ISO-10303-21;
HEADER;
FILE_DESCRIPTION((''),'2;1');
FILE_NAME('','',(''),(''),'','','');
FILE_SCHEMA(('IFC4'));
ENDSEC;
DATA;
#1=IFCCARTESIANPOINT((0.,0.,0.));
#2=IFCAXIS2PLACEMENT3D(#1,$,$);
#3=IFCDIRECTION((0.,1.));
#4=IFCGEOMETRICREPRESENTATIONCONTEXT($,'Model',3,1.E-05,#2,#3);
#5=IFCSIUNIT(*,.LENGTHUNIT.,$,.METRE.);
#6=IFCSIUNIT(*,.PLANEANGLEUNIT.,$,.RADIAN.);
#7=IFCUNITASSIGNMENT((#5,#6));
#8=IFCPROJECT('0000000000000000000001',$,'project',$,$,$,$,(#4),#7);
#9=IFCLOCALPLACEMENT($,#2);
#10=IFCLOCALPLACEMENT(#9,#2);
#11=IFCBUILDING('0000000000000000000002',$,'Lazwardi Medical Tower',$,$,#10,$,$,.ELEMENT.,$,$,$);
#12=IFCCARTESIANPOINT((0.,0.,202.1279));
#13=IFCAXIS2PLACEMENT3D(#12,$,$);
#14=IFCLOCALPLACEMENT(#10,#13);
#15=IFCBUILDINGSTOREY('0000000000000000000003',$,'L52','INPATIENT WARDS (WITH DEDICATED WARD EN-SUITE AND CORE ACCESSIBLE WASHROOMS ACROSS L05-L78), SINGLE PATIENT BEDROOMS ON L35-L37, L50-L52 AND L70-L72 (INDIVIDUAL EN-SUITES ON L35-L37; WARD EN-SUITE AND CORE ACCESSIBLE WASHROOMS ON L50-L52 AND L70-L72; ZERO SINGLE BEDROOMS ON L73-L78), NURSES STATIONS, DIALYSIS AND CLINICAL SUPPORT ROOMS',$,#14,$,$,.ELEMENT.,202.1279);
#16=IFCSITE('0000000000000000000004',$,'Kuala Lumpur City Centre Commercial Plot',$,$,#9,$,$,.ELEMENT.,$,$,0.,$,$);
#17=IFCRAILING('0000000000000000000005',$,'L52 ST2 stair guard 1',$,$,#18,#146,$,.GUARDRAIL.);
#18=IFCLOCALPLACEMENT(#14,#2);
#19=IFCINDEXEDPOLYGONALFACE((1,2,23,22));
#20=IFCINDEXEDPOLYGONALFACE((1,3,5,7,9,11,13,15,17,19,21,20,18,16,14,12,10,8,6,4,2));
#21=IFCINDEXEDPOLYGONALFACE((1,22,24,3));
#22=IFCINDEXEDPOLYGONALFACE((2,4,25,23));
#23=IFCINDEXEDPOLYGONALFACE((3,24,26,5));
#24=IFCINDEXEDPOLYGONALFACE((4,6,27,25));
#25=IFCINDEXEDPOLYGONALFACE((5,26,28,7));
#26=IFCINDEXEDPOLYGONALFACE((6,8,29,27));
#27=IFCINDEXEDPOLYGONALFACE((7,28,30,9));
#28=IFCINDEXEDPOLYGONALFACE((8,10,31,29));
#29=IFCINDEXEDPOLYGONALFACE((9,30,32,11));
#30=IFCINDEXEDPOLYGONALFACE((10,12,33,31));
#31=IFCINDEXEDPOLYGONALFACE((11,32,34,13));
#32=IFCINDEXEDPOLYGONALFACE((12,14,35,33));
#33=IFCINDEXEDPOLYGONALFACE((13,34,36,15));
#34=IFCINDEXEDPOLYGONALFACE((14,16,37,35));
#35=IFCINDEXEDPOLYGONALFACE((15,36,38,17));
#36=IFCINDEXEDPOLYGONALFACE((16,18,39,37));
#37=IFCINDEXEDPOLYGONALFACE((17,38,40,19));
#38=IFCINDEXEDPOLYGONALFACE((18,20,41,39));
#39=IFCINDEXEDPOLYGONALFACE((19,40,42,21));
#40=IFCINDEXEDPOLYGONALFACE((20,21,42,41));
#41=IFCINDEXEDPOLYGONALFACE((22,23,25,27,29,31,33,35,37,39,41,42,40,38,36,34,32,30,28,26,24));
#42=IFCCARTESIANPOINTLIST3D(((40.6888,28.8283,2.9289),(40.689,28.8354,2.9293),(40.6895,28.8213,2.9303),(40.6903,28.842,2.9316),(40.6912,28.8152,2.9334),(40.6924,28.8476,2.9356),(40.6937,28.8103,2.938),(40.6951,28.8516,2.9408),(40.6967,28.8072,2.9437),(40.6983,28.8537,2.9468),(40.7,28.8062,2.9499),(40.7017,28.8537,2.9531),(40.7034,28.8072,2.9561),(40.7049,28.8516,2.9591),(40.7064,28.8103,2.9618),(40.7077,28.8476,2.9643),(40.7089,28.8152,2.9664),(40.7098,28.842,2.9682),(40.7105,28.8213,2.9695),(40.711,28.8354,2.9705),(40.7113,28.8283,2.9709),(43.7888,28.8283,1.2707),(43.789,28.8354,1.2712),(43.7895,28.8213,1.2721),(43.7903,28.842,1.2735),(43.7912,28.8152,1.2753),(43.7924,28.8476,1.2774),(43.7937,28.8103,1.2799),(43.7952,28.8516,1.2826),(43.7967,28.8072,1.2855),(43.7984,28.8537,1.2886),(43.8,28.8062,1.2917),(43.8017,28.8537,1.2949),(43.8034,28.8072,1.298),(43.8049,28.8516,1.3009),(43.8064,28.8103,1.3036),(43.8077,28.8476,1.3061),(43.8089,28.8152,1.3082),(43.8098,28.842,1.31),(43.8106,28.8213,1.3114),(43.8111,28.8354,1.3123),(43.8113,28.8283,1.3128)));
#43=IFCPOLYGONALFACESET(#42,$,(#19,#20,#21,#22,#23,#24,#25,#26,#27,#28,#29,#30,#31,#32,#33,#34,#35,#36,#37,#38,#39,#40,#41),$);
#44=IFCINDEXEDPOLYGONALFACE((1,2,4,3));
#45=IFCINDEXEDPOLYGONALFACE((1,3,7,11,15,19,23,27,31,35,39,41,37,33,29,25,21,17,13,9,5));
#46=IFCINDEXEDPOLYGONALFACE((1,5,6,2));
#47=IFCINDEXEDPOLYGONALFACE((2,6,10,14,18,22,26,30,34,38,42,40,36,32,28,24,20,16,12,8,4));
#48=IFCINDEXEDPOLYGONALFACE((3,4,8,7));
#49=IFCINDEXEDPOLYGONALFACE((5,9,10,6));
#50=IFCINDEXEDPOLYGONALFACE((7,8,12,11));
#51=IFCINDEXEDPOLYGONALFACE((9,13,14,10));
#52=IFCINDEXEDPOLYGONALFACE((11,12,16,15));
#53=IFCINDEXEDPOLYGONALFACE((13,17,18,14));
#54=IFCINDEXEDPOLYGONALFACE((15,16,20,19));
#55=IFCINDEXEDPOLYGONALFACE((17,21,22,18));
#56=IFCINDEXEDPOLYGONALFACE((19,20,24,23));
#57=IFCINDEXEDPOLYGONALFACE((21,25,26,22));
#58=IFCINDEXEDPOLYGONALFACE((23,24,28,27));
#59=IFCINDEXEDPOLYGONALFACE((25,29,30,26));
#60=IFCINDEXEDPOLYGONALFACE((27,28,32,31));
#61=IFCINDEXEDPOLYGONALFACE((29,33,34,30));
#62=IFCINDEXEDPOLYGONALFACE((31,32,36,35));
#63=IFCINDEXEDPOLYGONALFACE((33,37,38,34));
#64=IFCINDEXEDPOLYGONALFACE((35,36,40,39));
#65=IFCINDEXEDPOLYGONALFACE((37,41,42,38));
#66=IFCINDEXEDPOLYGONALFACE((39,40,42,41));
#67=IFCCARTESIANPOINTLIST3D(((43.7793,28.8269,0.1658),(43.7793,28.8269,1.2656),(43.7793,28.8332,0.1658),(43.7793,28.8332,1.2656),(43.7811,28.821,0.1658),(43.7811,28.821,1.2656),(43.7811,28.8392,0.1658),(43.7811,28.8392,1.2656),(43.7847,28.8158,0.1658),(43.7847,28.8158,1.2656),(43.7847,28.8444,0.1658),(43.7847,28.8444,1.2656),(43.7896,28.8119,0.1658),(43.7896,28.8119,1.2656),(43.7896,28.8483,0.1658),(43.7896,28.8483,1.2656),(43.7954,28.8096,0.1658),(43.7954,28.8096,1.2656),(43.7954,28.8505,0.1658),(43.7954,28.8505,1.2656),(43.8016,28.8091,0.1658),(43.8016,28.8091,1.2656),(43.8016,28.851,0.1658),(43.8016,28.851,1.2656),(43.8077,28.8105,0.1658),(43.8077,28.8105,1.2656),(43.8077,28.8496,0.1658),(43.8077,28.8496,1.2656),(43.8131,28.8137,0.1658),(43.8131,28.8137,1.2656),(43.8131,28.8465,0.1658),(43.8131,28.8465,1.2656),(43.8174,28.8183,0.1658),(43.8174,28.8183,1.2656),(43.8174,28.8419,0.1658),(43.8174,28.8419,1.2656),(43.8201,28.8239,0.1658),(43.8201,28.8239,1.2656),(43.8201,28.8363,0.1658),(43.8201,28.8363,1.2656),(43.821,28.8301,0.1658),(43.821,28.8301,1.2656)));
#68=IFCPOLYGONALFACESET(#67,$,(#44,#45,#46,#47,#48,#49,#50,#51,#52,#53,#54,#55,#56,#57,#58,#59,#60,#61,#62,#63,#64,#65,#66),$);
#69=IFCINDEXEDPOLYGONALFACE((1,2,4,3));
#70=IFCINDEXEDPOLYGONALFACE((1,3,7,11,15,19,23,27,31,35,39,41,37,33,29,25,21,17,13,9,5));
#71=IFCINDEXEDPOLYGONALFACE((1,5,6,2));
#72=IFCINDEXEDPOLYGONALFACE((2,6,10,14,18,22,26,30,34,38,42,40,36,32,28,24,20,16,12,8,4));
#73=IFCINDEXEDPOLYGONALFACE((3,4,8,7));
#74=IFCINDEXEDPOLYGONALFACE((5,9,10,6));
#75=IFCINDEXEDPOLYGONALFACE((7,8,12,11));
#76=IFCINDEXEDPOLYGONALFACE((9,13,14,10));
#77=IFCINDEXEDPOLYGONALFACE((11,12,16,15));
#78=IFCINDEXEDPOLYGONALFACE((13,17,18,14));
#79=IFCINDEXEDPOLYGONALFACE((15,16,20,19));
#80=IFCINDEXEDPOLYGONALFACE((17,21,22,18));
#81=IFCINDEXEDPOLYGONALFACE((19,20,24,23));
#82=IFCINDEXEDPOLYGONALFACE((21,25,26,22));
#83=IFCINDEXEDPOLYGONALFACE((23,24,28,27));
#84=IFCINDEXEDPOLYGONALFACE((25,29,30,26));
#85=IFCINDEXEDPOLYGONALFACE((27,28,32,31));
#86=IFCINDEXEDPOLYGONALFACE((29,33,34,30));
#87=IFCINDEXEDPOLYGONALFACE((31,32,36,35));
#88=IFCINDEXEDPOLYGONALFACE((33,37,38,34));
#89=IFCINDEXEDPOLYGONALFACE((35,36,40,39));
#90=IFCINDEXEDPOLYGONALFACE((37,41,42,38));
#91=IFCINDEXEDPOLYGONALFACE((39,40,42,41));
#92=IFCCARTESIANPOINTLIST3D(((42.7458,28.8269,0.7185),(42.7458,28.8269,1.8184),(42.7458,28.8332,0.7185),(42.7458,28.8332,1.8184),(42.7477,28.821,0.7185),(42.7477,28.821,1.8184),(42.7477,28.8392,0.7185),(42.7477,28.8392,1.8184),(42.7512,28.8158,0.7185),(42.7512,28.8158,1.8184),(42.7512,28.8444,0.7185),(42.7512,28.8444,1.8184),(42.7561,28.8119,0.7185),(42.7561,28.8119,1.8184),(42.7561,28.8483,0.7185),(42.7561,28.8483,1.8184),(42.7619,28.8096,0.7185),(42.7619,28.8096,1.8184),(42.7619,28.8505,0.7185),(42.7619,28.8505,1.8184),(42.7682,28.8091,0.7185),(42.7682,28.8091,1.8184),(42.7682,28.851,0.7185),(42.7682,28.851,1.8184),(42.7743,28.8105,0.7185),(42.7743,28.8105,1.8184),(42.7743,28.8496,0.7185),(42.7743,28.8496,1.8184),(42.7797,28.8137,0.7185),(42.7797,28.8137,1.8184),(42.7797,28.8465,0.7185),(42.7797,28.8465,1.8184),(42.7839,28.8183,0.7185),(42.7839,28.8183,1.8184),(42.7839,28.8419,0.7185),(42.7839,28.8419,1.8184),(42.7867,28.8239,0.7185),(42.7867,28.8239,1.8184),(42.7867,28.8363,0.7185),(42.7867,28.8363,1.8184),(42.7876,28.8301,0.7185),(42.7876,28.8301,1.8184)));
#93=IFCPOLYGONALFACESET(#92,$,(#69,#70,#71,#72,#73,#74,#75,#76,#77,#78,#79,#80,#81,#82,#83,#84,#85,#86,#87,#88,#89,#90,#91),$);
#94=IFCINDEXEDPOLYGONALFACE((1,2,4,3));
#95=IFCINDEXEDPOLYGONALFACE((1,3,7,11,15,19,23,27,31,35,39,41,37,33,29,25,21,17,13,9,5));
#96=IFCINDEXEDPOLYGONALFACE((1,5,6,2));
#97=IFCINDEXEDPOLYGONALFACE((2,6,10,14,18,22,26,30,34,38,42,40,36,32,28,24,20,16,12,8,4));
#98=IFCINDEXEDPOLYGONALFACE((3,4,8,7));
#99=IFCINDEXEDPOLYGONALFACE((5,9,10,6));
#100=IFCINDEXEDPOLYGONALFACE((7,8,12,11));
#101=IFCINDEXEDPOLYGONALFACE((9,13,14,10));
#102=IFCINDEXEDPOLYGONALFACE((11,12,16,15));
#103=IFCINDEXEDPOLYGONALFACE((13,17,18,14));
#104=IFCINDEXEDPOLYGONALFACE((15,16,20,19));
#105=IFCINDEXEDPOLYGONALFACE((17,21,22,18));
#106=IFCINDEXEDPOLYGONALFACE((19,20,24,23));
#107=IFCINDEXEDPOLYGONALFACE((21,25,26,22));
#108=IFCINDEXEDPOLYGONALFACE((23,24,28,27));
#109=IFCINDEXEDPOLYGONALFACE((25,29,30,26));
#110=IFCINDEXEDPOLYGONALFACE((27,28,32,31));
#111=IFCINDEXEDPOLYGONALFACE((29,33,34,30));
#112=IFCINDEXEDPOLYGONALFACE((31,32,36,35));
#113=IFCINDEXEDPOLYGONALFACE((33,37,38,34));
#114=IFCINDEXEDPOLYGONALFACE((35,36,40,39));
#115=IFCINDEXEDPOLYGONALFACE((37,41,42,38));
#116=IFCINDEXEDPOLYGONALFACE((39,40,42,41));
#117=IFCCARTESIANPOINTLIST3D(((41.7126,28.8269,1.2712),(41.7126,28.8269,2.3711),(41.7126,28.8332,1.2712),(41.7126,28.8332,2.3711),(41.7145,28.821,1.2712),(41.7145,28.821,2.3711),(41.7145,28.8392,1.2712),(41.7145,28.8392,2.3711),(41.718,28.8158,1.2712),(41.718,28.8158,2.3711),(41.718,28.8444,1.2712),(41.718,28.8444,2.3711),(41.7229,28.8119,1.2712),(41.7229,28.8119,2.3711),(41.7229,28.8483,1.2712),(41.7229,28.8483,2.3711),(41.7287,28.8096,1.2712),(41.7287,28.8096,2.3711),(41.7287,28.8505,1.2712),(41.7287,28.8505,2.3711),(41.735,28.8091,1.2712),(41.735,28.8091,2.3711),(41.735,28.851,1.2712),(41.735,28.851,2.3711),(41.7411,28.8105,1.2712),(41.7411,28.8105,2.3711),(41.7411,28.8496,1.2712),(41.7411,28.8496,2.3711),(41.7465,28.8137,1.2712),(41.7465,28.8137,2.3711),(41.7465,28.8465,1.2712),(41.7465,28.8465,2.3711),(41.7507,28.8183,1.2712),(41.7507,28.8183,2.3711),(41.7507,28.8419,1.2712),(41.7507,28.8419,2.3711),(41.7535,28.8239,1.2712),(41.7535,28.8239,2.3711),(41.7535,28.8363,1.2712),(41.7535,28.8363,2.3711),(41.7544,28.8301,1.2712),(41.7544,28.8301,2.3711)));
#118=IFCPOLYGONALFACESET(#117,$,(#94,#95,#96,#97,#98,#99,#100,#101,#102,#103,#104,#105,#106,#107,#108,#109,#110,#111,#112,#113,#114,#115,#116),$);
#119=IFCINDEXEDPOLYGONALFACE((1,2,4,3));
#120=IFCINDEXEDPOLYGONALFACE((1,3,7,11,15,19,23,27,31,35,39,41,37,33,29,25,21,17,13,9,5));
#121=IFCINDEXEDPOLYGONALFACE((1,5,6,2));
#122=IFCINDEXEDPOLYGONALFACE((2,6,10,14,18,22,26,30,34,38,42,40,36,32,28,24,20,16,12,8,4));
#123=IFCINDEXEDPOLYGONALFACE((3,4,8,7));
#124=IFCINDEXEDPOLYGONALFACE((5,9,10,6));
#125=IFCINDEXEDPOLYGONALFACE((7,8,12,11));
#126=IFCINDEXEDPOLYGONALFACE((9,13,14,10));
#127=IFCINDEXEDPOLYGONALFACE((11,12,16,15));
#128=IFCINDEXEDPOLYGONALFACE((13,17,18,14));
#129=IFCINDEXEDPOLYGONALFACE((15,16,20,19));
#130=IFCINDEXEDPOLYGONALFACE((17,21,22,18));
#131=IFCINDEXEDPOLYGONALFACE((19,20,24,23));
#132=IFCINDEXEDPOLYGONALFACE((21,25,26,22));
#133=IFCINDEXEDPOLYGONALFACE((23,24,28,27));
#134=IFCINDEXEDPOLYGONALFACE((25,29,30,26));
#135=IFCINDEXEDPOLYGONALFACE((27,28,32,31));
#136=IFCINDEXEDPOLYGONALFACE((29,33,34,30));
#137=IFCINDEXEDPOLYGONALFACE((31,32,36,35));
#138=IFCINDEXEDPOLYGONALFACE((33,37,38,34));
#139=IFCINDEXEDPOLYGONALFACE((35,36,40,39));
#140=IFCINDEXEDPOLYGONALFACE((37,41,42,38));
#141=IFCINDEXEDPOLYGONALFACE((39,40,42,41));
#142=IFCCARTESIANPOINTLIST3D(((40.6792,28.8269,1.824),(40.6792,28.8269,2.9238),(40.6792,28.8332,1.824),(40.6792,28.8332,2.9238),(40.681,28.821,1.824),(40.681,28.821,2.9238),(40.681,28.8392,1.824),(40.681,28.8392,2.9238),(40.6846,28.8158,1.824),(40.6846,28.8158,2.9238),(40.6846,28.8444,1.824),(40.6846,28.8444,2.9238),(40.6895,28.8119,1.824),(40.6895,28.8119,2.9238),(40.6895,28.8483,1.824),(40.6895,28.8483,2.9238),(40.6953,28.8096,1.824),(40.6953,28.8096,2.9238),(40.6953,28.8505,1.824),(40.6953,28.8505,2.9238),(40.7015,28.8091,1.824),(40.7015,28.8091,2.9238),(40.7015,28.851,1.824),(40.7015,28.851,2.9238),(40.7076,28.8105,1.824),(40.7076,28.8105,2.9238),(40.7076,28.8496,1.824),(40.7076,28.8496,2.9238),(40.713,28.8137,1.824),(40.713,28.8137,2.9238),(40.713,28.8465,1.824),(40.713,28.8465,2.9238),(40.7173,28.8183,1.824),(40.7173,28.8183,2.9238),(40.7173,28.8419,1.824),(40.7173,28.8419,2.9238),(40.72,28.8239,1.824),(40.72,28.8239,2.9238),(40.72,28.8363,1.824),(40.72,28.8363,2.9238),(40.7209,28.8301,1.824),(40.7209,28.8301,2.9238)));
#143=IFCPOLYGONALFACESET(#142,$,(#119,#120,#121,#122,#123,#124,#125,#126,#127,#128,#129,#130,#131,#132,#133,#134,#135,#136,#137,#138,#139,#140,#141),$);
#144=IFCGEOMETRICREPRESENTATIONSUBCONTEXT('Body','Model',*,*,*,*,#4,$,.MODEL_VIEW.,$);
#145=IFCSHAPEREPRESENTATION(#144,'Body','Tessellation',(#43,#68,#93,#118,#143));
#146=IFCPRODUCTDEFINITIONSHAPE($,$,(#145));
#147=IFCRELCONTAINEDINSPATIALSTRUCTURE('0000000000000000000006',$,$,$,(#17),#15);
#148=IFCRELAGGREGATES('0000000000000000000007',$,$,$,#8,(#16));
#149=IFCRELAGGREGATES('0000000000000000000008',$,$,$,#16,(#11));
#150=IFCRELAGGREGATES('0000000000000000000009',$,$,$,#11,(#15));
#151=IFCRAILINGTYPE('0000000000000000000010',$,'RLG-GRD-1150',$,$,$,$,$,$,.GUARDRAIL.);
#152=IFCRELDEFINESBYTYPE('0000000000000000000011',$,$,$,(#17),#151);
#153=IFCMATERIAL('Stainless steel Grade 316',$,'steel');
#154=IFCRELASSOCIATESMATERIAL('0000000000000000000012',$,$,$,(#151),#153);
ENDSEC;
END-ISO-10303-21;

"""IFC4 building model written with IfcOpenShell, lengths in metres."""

from ifc_helpers import new_model, si_unit, direction, frame, origin, origin_2d, place, context, subcontext, project, spatial, circle, extrude, material, type_object, element, save


model = new_model("IFC4")

# Units and contexts
model_context = context("Model", 3, precision=1e-05, world=origin(), true_north=direction((0.0, 1.0)))
body_context = subcontext(model_context, "Body", "Model", "MODEL_VIEW")
ifc_project = project(units=[si_unit("LENGTHUNIT", "METRE"), si_unit("PLANEANGLEUNIT", "RADIAN")], contexts=[model_context])

# Site, building, storey
site_placement = place(None, origin())
site = spatial("IfcSite", under=ifc_project, at=site_placement, Name="Kuala Lumpur City Centre Commercial Plot", CompositionType="ELEMENT", RefElevation=0.0)
building_placement = place(site_placement, origin())
building = spatial("IfcBuilding", under=site, at=building_placement, Name="Lazwardi Medical Tower", CompositionType="ELEMENT")
storey_placement = place(building_placement, frame((0.0, 0.0, 202.1279)))
storey = spatial("IfcBuildingStorey", under=building, at=storey_placement, Name="L52", Description="INPATIENT WARDS (WITH DEDICATED WARD EN-SUITE AND CORE ACCESSIBLE WASHROOMS ACROSS L05-L78), SINGLE PATIENT BEDROOMS ON L35-L37, L50-L52 AND L70-L72 (INDIVIDUAL EN-SUITES ON L35-L37; WARD EN-SUITE AND CORE ACCESSIBLE WASHROOMS ON L50-L52 AND L70-L72; ZERO SINGLE BEDROOMS ON L73-L78), NURSES STATIONS, DIALYSIS AND CLINICAL SUPPORT ROOMS", CompositionType="ELEMENT", Elevation=202.1279)

# Railing
ifc_material_1 = material(Name="Stainless steel Grade 316", Category="steel")
railing_type_1 = type_object("IfcRailingType", Name="RLG-GRD-1150", PredefinedType="GUARDRAIL", material=ifc_material_1)
railing_1_placement = place(storey_placement, frame((43.8, 28.8301, 0.1658)))
element("IfcRailing", 1, at=railing_1_placement, inside=storey, type_object=railing_type_1, Name="L52 ST2 stair guard 1", PredefinedType="GUARDRAIL", context=body_context, shape_type="SweptSolid", body=[
    extrude(circle(Radius=0.0239, at=origin_2d()), frame((0.0, 0.0, 1.126), z_axis=(-0.881783, 0.0, 0.471655), x_axis=(0.0, -1.0, 0.0)), (0.0, 0.0, 1.0), 3.5156),
    extrude(circle(Radius=0.021, at=origin_2d()), origin(), (0.0, 0.0, 1.0), 1.0999),
    extrude(circle(Radius=0.021, at=origin_2d()), frame((-1.0334, 0.0, 0.5527)), (0.0, 0.0, 1.0), 1.0999),
    extrude(circle(Radius=0.021, at=origin_2d()), frame((-2.0667, 0.0, 1.1055)), (0.0, 0.0, 1.0), 1.0999),
    extrude(circle(Radius=0.021, at=origin_2d()), frame((-3.1001, 0.0, 1.6582)), (0.0, 0.0, 1.0), 1.0999),
])

save(model, "model.ifc")
